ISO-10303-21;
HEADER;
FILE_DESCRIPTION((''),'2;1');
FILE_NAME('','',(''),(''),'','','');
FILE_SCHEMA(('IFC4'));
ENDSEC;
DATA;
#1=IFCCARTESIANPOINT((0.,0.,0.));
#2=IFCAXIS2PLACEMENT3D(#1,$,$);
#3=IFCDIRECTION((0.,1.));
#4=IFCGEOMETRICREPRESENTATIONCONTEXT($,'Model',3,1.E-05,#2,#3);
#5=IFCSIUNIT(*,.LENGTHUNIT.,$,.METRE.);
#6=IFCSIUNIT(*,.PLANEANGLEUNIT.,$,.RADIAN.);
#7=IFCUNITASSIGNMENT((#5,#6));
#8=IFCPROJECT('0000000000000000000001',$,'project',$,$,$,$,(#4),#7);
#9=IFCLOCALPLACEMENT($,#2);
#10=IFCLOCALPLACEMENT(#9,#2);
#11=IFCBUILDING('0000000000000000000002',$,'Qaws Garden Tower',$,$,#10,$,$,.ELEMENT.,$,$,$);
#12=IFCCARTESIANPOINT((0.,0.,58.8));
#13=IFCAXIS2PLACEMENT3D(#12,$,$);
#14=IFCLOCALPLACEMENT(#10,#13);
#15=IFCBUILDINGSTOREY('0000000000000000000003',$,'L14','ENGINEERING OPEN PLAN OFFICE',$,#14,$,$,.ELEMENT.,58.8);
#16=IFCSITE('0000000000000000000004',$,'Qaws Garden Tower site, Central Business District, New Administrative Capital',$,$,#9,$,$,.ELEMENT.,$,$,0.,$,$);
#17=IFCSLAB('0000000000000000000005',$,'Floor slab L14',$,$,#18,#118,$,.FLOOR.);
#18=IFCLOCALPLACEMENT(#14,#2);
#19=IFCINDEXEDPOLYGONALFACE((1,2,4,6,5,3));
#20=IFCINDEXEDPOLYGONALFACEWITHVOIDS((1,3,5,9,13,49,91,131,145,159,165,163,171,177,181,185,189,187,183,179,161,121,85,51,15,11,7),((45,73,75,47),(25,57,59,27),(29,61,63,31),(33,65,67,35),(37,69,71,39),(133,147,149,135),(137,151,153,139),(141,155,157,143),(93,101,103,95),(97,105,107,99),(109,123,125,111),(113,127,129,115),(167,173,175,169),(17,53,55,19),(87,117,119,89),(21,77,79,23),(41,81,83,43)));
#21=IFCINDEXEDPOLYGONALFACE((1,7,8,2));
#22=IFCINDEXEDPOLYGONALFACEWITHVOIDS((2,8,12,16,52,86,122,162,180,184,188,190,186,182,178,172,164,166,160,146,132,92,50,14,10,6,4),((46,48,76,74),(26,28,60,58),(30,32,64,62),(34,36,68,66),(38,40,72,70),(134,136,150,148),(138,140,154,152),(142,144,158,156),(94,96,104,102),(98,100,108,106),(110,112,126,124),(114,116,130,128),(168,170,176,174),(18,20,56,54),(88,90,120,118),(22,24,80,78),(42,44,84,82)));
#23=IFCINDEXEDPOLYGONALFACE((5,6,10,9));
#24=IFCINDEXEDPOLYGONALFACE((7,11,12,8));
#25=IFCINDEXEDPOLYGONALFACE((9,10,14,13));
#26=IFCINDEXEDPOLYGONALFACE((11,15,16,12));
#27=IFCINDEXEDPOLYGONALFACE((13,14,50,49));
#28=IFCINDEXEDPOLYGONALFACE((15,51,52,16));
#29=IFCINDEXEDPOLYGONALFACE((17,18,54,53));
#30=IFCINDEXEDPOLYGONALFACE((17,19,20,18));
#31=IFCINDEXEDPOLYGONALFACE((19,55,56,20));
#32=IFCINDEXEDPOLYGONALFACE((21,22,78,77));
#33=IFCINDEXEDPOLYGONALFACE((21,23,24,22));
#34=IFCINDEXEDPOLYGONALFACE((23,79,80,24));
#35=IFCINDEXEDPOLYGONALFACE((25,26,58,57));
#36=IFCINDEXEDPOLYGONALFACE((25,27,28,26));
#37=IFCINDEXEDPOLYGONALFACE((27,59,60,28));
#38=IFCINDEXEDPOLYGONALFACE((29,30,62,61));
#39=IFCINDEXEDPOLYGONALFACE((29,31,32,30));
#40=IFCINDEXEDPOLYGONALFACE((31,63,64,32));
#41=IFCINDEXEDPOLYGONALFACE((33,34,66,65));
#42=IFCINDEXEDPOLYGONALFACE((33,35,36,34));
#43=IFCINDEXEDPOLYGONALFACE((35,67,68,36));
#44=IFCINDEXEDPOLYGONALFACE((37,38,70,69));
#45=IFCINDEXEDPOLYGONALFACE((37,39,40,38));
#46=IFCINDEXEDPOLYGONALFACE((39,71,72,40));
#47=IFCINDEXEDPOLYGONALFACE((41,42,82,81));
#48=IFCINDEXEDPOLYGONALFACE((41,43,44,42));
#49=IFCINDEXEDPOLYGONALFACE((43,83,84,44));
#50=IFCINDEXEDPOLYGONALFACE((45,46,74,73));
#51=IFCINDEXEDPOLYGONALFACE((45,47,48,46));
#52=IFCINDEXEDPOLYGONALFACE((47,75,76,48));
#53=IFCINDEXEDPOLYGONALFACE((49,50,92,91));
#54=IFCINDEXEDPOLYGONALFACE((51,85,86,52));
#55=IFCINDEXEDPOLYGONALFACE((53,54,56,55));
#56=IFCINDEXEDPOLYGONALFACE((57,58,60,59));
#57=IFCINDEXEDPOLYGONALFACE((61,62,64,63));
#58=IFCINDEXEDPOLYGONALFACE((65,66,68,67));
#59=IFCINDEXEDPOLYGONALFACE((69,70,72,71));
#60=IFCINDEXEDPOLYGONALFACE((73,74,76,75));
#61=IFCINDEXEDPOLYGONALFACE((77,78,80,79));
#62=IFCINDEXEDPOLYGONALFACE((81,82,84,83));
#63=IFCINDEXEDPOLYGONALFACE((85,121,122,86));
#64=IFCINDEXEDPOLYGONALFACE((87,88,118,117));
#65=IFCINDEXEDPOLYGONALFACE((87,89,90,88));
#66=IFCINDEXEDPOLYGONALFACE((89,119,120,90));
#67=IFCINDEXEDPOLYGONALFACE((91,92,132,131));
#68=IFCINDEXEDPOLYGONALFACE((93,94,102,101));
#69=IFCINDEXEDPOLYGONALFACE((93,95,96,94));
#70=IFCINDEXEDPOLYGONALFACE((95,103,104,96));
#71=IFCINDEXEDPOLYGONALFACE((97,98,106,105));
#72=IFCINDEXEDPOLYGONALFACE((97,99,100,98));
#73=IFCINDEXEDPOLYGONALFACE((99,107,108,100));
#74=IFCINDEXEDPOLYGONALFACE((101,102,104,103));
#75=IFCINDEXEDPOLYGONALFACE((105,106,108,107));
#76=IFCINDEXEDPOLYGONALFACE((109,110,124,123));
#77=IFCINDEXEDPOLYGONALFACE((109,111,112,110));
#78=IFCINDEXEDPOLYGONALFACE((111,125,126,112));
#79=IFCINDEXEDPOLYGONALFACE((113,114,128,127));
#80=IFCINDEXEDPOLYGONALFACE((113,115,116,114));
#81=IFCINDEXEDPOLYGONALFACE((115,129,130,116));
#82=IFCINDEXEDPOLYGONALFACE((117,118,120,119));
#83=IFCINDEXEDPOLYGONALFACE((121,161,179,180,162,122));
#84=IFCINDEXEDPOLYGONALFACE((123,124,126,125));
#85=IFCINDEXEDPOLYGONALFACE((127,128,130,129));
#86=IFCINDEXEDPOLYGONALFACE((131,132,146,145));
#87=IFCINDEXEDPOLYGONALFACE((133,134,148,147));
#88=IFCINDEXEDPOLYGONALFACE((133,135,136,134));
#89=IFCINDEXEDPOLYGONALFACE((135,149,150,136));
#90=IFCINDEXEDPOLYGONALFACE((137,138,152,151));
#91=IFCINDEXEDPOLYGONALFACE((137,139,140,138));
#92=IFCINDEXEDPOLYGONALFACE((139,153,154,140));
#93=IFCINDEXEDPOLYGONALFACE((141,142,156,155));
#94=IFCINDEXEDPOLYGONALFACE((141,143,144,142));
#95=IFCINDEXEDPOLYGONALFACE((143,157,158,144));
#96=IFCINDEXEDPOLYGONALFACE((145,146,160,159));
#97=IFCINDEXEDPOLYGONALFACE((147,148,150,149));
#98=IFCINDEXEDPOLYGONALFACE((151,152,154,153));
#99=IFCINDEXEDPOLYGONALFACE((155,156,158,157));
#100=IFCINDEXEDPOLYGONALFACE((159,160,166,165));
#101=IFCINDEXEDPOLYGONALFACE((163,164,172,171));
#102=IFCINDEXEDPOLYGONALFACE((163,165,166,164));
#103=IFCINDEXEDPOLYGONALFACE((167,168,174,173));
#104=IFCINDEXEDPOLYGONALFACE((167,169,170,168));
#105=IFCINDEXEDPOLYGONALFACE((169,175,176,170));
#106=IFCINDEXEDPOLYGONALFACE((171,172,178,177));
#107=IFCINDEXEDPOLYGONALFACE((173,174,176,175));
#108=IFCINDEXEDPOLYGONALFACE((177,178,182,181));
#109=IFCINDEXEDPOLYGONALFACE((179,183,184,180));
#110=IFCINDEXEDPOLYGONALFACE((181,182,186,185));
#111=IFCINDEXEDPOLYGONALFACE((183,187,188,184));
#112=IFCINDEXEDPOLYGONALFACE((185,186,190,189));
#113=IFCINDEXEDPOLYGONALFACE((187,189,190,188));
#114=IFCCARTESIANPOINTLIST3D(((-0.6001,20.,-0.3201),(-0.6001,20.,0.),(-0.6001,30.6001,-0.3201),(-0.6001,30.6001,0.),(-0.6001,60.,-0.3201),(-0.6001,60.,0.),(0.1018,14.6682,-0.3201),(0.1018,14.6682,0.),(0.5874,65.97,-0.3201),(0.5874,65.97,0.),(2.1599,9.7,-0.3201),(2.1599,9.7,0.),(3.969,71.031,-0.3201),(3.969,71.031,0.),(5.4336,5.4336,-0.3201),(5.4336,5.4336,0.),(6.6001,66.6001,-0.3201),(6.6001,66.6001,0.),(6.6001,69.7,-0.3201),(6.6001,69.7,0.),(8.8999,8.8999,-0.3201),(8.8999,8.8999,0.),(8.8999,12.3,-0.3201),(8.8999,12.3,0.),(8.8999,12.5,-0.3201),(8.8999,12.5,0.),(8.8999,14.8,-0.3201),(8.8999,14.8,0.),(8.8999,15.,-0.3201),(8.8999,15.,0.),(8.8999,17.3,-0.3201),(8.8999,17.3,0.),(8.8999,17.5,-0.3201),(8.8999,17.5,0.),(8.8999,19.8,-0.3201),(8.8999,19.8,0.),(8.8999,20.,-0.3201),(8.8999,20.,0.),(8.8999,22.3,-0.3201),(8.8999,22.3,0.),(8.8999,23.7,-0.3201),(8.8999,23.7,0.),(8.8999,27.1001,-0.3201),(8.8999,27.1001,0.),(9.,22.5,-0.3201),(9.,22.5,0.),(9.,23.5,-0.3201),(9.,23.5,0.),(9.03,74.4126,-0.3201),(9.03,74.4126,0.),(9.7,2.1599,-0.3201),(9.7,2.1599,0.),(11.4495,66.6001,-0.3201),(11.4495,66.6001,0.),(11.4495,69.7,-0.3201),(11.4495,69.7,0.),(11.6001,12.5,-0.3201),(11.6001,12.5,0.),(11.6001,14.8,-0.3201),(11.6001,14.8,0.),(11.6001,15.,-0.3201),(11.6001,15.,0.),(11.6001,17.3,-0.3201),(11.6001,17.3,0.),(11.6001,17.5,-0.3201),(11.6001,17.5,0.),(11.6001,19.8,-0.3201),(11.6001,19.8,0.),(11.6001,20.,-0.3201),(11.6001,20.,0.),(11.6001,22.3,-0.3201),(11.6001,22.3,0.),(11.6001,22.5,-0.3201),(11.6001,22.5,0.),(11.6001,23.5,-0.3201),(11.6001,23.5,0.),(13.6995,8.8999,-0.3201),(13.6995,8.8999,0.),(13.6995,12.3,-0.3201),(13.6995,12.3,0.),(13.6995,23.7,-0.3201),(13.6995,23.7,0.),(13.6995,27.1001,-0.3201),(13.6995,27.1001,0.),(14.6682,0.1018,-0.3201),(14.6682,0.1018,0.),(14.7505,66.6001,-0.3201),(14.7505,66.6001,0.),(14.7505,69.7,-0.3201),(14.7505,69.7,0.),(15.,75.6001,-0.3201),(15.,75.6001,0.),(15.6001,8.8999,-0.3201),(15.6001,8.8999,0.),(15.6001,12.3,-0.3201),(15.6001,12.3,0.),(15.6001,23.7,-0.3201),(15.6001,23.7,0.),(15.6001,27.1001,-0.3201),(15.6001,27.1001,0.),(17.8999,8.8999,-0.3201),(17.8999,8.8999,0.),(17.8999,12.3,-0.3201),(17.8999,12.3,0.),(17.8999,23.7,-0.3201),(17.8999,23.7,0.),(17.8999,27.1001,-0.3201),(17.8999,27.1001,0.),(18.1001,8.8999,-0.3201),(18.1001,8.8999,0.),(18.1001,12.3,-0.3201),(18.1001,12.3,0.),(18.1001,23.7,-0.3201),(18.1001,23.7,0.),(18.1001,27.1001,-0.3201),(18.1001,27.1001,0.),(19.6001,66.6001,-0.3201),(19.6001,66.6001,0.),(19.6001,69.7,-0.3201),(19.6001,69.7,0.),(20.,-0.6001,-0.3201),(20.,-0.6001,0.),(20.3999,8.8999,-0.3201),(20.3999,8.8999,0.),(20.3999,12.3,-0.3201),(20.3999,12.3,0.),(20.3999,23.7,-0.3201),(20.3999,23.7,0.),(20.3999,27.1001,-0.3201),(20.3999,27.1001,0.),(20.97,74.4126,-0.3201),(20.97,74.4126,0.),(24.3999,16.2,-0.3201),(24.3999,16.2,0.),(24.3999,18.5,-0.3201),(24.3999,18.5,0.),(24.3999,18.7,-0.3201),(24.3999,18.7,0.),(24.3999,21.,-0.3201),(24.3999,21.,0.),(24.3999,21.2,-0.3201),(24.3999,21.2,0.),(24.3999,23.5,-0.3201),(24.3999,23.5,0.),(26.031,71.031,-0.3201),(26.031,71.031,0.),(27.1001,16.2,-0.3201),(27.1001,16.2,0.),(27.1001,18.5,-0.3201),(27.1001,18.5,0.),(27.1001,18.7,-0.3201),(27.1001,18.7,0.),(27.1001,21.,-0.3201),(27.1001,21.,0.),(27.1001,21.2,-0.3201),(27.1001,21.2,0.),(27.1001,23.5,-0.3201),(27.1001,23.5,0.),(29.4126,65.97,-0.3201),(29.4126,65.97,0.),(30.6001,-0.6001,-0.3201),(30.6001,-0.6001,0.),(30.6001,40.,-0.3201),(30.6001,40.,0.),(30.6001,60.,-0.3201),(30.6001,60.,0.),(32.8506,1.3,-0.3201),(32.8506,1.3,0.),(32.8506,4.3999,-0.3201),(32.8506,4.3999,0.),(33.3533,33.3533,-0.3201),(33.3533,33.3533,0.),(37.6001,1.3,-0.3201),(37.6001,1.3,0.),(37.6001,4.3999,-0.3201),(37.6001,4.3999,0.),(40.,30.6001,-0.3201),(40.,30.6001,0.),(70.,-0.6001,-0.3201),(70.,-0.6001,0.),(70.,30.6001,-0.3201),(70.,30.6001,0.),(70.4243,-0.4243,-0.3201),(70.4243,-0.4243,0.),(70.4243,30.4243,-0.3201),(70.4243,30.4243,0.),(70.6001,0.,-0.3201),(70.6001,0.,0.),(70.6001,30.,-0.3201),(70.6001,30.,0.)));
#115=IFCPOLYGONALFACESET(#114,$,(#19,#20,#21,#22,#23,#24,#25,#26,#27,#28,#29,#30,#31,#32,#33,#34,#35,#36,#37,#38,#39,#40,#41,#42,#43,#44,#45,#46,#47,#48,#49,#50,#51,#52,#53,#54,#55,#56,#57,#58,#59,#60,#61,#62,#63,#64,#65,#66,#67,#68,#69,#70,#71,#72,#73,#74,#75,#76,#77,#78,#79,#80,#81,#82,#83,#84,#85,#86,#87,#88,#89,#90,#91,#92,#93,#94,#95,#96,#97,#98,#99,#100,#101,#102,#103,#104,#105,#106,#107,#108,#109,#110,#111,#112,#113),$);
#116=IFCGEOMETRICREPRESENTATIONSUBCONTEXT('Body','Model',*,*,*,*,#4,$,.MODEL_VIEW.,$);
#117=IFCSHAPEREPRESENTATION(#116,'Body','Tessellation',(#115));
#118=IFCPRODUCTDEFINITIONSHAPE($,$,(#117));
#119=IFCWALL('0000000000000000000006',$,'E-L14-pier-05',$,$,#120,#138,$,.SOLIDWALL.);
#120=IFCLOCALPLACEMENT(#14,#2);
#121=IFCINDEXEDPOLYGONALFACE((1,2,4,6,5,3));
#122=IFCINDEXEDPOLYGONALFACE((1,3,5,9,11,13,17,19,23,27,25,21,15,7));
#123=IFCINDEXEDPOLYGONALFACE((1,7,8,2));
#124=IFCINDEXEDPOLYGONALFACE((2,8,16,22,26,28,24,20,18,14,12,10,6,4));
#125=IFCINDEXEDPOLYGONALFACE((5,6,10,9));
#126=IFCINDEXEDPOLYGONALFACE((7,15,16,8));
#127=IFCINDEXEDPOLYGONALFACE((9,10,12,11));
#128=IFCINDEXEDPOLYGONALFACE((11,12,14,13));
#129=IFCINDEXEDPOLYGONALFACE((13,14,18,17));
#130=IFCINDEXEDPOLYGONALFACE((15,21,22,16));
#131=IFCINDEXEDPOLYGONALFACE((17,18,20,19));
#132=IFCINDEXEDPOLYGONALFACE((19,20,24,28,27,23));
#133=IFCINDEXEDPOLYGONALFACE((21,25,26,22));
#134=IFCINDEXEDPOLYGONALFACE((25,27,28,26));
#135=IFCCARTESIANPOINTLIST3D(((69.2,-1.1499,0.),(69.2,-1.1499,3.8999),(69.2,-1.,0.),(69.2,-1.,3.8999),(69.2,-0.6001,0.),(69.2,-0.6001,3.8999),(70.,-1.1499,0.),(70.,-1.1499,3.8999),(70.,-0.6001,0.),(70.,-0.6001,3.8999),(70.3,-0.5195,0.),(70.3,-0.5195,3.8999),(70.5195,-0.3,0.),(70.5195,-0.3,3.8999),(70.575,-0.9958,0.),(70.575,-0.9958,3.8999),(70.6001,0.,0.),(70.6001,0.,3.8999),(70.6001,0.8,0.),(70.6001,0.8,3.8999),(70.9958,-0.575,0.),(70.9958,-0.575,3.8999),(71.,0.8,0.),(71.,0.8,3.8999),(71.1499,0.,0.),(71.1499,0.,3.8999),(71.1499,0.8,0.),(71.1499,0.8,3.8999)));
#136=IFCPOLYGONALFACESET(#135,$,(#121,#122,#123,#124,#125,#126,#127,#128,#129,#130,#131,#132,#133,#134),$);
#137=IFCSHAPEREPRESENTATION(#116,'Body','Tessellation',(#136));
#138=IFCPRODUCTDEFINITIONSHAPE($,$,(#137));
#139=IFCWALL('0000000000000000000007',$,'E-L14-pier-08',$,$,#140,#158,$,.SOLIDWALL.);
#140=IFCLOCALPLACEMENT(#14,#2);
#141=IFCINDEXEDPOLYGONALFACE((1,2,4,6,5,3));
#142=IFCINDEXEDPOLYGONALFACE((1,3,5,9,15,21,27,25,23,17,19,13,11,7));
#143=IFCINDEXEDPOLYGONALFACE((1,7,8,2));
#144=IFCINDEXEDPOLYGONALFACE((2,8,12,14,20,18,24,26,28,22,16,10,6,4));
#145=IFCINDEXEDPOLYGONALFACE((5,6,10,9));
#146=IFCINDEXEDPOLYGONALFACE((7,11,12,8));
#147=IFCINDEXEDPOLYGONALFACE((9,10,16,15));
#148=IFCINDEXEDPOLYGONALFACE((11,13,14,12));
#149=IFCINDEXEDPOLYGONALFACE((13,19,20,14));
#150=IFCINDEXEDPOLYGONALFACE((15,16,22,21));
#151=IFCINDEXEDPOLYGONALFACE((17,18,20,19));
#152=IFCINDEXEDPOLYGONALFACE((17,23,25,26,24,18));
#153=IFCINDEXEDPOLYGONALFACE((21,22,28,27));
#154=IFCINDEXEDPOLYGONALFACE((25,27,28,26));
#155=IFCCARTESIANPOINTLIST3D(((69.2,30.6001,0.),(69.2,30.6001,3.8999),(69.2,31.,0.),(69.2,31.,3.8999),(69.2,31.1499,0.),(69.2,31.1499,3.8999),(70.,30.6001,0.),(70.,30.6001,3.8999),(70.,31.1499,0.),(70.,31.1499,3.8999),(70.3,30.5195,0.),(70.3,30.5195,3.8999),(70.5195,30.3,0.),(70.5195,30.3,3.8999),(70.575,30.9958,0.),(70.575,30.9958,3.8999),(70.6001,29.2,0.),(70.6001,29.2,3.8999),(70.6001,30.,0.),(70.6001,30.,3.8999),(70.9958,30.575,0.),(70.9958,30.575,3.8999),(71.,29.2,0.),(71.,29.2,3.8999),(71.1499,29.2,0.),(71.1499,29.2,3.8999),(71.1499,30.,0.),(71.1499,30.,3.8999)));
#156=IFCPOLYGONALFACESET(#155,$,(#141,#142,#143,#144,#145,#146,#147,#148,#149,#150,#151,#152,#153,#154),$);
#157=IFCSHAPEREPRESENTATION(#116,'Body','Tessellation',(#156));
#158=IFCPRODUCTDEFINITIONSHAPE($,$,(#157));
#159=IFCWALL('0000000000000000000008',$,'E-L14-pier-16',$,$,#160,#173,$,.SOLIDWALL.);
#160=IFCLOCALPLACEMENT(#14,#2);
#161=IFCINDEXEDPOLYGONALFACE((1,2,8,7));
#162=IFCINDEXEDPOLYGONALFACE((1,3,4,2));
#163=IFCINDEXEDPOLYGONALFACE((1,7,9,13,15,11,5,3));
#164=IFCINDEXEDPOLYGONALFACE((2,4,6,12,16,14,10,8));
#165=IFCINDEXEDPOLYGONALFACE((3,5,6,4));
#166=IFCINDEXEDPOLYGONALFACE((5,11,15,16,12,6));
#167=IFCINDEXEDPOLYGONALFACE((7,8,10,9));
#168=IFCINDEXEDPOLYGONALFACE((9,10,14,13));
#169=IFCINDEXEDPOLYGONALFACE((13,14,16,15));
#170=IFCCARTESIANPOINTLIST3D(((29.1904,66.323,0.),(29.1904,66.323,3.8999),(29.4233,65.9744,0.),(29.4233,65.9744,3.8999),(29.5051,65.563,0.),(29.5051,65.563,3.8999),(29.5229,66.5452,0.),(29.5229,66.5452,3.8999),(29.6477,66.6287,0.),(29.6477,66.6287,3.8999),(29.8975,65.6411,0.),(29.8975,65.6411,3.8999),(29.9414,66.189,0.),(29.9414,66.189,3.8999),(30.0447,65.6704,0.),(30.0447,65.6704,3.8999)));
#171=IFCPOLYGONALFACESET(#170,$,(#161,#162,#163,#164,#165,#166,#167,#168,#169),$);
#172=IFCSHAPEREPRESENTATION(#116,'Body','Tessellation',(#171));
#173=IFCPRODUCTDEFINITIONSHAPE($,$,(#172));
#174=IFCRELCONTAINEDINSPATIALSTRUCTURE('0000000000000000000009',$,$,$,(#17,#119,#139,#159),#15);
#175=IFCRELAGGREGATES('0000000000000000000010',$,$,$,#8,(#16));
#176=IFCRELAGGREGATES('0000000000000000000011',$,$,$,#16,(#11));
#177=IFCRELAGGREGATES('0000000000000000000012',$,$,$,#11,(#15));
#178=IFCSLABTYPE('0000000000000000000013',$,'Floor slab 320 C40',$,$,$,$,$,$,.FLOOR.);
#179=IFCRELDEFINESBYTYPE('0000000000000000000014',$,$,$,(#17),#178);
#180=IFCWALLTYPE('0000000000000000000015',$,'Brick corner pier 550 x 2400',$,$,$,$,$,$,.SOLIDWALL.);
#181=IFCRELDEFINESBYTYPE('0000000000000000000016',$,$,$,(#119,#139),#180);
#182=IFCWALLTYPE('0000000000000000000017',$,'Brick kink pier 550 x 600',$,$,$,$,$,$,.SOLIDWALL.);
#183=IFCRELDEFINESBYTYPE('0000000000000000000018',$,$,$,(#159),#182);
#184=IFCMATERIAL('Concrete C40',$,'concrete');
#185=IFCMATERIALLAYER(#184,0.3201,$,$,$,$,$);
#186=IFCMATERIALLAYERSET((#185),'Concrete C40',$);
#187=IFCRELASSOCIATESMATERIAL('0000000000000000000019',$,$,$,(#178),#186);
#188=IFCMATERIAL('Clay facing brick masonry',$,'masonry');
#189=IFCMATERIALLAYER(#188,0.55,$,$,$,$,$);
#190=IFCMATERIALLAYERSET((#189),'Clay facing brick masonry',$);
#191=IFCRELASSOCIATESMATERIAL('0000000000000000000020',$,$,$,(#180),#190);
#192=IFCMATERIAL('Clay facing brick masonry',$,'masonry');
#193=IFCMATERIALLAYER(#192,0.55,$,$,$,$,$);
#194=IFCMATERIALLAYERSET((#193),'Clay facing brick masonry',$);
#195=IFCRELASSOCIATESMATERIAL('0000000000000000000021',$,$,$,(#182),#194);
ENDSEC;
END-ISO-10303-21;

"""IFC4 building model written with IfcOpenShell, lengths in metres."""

from ifc_helpers import new_model, si_unit, direction, frame, origin, place, context, subcontext, project, spatial, polyline, outline, extrude, material, layer, layer_set, type_object, element, save


model = new_model("IFC4")

# Units and contexts
model_context = context("Model", 3, precision=1e-05, world=origin(), true_north=direction((0.0, 1.0)))
body_context = subcontext(model_context, "Body", "Model", "MODEL_VIEW")
ifc_project = project(units=[si_unit("LENGTHUNIT", "METRE"), si_unit("PLANEANGLEUNIT", "RADIAN")], contexts=[model_context])

# Site, building, storey
site_placement = place(None, origin())
site = spatial("IfcSite", under=ifc_project, at=site_placement, Name="Qaws Garden Tower site, Central Business District, New Administrative Capital", CompositionType="ELEMENT", RefElevation=0.0)
building_placement = place(site_placement, origin())
building = spatial("IfcBuilding", under=site, at=building_placement, Name="Qaws Garden Tower", CompositionType="ELEMENT")
storey_placement = place(building_placement, frame((0.0, 0.0, 58.8)))
storey = spatial("IfcBuildingStorey", under=building, at=storey_placement, Name="L14", Description="ENGINEERING OPEN PLAN OFFICE", CompositionType="ELEMENT", Elevation=58.8)

# Slab
ifc_material_1 = material(Name="Concrete C40", Category="concrete")
ifc_layer_1 = layer(ifc_material_1, 0.3201)
ifc_layer_set_1 = layer_set([ifc_layer_1], Name="Concrete C40")
slab_type = type_object("IfcSlabType", Name="Floor slab 320 C40", PredefinedType="FLOOR", material=ifc_layer_set_1)
slab_placement = place(storey_placement, frame((0.0, 0.0, -0.3201)))
element("IfcSlab", 1, at=slab_placement, inside=storey, type_object=slab_type, Name="Floor slab L14", PredefinedType="FLOOR", context=body_context, shape_type="SweptSolid", body=[
    extrude(outline(polyline([(0.1018, 14.6682), (-0.6001, 20.0), (-0.6001, 30.6001), (-0.6001, 60.0), (-0.6001, 60.0), (0.5874, 65.97), (3.969, 71.031), (9.03, 74.4126), (15.0, 75.6001), (20.97, 74.4126), (26.031, 71.031), (29.4126, 65.97), (30.6001, 60.0), (30.6001, 40.0), (33.3533, 33.3533), (40.0, 30.6001), (70.0, 30.6001), (70.4243, 30.4243), (70.6001, 30.0), (70.6001, 0.0), (70.4243, -0.4243), (70.0, -0.6001), (30.6001, -0.6001), (20.0, -0.6001), (14.6682, 0.1018), (9.7, 2.1599), (5.4336, 5.4336), (2.1599, 9.7), (0.1018, 14.6682)]), holes=[polyline([(13.6995, 12.3), (8.8999, 12.3), (8.8999, 8.8999), (13.6995, 8.8999), (13.6995, 12.3)]), polyline([(17.8999, 12.3), (15.6001, 12.3), (15.6001, 8.8999), (17.8999, 8.8999), (17.8999, 12.3)]), polyline([(11.6001, 14.8), (8.8999, 14.8), (8.8999, 12.5), (11.6001, 12.5), (11.6001, 14.8)]), polyline([(11.6001, 17.3), (8.8999, 17.3), (8.8999, 15.0), (11.6001, 15.0), (11.6001, 17.3)]), polyline([(11.6001, 19.8), (8.8999, 19.8), (8.8999, 17.5), (11.6001, 17.5), (11.6001, 19.8)]), polyline([(11.6001, 22.3), (8.8999, 22.3), (8.8999, 20.0), (11.6001, 20.0), (11.6001, 22.3)]), polyline([(11.6001, 23.5), (9.0, 23.5), (9.0, 22.5), (11.6001, 22.5), (11.6001, 23.5)]), polyline([(13.6995, 27.1001), (8.8999, 27.1001), (8.8999, 23.7), (13.6995, 23.7), (13.6995, 27.1001)]), polyline([(11.4495, 69.7), (6.6001, 69.7), (6.6001, 66.6001), (11.4495, 66.6001), (11.4495, 69.7)]), polyline([(37.6001, 4.3999), (32.8506, 4.3999), (32.8506, 1.3), (37.6001, 1.3), (37.6001, 4.3999)]), polyline([(20.3999, 12.3), (18.1001, 12.3), (18.1001, 8.8999), (20.3999, 8.8999), (20.3999, 12.3)]), polyline([(27.1001, 18.5), (24.3999, 18.5), (24.3999, 16.2), (27.1001, 16.2), (27.1001, 18.5)]), polyline([(27.1001, 21.0), (24.3999, 21.0), (24.3999, 18.7), (27.1001, 18.7), (27.1001, 21.0)]), polyline([(27.1001, 23.5), (24.3999, 23.5), (24.3999, 21.2), (27.1001, 21.2), (27.1001, 23.5)]), polyline([(17.8999, 27.1001), (15.6001, 27.1001), (15.6001, 23.7), (17.8999, 23.7), (17.8999, 27.1001)]), polyline([(20.3999, 23.7), (20.3999, 27.1001), (18.1001, 27.1001), (18.1001, 23.7), (20.3999, 23.7)]), polyline([(19.6001, 66.6001), (19.6001, 69.7), (14.7505, 69.7), (14.7505, 66.6001), (19.6001, 66.6001)])]), origin(), (0.0, 0.0, 1.0), 0.3201),
])

# Walls
ifc_material_2 = material(Name="Clay facing brick masonry", Category="masonry")
ifc_layer_2 = layer(ifc_material_2, 0.55)
ifc_layer_set_2 = layer_set([ifc_layer_2], Name="Clay facing brick masonry")
wall_type_1 = type_object("IfcWallType", Name="Brick corner pier 550 x 2400", PredefinedType="SOLIDWALL", material=ifc_layer_set_2)
placement = place(storey_placement, origin())
element("IfcWall", 2, at=placement, inside=storey, type_object=wall_type_1, Name="E-L14-pier-05", PredefinedType="SOLIDWALL", context=body_context, shape_type="SweptSolid", body=[
    extrude(outline(polyline([(69.2, -1.0), (69.2, -1.1499), (70.0, -1.1499), (70.575, -0.9958), (70.9958, -0.575), (71.1499, 0.0), (71.1499, 0.8), (71.0, 0.8), (70.6001, 0.8), (70.6001, 0.0), (70.5195, -0.3), (70.3, -0.5195), (70.0, -0.6001), (69.2, -0.6001), (69.2, -1.0)])), origin(), (0.0, 0.0, 1.0), 3.8999),
])
element("IfcWall", 3, at=placement, inside=storey, type_object=wall_type_1, Name="E-L14-pier-08", PredefinedType="SOLIDWALL", context=body_context, shape_type="SweptSolid", body=[
    extrude(outline(polyline([(71.0, 29.2), (71.1499, 29.2), (71.1499, 30.0), (70.9958, 30.575), (70.575, 30.9958), (70.0, 31.1499), (69.2, 31.1499), (69.2, 31.0), (69.2, 30.6001), (70.0, 30.6001), (70.3, 30.5195), (70.5195, 30.3), (70.6001, 30.0), (70.6001, 29.2), (71.0, 29.2)])), origin(), (0.0, 0.0, 1.0), 3.8999),
])
ifc_material_3 = material(Name="Clay facing brick masonry", Category="masonry")
ifc_layer_3 = layer(ifc_material_3, 0.55)
ifc_layer_set_3 = layer_set([ifc_layer_3], Name="Clay facing brick masonry")
wall_type_2 = type_object("IfcWallType", Name="Brick kink pier 550 x 600", PredefinedType="SOLIDWALL", material=ifc_layer_set_3)
element("IfcWall", 4, at=placement, inside=storey, type_object=wall_type_2, Name="E-L14-pier-16", PredefinedType="SOLIDWALL", context=body_context, shape_type="SweptSolid", body=[
    extrude(outline(polyline([(29.8975, 65.6411), (30.0447, 65.6704), (29.9414, 66.189), (29.6477, 66.6287), (29.5229, 66.5452), (29.1904, 66.323), (29.4233, 65.9744), (29.5051, 65.563), (29.8975, 65.6411)])), origin(), (0.0, 0.0, 1.0), 3.8999),
])

save(model, "model.ifc")
